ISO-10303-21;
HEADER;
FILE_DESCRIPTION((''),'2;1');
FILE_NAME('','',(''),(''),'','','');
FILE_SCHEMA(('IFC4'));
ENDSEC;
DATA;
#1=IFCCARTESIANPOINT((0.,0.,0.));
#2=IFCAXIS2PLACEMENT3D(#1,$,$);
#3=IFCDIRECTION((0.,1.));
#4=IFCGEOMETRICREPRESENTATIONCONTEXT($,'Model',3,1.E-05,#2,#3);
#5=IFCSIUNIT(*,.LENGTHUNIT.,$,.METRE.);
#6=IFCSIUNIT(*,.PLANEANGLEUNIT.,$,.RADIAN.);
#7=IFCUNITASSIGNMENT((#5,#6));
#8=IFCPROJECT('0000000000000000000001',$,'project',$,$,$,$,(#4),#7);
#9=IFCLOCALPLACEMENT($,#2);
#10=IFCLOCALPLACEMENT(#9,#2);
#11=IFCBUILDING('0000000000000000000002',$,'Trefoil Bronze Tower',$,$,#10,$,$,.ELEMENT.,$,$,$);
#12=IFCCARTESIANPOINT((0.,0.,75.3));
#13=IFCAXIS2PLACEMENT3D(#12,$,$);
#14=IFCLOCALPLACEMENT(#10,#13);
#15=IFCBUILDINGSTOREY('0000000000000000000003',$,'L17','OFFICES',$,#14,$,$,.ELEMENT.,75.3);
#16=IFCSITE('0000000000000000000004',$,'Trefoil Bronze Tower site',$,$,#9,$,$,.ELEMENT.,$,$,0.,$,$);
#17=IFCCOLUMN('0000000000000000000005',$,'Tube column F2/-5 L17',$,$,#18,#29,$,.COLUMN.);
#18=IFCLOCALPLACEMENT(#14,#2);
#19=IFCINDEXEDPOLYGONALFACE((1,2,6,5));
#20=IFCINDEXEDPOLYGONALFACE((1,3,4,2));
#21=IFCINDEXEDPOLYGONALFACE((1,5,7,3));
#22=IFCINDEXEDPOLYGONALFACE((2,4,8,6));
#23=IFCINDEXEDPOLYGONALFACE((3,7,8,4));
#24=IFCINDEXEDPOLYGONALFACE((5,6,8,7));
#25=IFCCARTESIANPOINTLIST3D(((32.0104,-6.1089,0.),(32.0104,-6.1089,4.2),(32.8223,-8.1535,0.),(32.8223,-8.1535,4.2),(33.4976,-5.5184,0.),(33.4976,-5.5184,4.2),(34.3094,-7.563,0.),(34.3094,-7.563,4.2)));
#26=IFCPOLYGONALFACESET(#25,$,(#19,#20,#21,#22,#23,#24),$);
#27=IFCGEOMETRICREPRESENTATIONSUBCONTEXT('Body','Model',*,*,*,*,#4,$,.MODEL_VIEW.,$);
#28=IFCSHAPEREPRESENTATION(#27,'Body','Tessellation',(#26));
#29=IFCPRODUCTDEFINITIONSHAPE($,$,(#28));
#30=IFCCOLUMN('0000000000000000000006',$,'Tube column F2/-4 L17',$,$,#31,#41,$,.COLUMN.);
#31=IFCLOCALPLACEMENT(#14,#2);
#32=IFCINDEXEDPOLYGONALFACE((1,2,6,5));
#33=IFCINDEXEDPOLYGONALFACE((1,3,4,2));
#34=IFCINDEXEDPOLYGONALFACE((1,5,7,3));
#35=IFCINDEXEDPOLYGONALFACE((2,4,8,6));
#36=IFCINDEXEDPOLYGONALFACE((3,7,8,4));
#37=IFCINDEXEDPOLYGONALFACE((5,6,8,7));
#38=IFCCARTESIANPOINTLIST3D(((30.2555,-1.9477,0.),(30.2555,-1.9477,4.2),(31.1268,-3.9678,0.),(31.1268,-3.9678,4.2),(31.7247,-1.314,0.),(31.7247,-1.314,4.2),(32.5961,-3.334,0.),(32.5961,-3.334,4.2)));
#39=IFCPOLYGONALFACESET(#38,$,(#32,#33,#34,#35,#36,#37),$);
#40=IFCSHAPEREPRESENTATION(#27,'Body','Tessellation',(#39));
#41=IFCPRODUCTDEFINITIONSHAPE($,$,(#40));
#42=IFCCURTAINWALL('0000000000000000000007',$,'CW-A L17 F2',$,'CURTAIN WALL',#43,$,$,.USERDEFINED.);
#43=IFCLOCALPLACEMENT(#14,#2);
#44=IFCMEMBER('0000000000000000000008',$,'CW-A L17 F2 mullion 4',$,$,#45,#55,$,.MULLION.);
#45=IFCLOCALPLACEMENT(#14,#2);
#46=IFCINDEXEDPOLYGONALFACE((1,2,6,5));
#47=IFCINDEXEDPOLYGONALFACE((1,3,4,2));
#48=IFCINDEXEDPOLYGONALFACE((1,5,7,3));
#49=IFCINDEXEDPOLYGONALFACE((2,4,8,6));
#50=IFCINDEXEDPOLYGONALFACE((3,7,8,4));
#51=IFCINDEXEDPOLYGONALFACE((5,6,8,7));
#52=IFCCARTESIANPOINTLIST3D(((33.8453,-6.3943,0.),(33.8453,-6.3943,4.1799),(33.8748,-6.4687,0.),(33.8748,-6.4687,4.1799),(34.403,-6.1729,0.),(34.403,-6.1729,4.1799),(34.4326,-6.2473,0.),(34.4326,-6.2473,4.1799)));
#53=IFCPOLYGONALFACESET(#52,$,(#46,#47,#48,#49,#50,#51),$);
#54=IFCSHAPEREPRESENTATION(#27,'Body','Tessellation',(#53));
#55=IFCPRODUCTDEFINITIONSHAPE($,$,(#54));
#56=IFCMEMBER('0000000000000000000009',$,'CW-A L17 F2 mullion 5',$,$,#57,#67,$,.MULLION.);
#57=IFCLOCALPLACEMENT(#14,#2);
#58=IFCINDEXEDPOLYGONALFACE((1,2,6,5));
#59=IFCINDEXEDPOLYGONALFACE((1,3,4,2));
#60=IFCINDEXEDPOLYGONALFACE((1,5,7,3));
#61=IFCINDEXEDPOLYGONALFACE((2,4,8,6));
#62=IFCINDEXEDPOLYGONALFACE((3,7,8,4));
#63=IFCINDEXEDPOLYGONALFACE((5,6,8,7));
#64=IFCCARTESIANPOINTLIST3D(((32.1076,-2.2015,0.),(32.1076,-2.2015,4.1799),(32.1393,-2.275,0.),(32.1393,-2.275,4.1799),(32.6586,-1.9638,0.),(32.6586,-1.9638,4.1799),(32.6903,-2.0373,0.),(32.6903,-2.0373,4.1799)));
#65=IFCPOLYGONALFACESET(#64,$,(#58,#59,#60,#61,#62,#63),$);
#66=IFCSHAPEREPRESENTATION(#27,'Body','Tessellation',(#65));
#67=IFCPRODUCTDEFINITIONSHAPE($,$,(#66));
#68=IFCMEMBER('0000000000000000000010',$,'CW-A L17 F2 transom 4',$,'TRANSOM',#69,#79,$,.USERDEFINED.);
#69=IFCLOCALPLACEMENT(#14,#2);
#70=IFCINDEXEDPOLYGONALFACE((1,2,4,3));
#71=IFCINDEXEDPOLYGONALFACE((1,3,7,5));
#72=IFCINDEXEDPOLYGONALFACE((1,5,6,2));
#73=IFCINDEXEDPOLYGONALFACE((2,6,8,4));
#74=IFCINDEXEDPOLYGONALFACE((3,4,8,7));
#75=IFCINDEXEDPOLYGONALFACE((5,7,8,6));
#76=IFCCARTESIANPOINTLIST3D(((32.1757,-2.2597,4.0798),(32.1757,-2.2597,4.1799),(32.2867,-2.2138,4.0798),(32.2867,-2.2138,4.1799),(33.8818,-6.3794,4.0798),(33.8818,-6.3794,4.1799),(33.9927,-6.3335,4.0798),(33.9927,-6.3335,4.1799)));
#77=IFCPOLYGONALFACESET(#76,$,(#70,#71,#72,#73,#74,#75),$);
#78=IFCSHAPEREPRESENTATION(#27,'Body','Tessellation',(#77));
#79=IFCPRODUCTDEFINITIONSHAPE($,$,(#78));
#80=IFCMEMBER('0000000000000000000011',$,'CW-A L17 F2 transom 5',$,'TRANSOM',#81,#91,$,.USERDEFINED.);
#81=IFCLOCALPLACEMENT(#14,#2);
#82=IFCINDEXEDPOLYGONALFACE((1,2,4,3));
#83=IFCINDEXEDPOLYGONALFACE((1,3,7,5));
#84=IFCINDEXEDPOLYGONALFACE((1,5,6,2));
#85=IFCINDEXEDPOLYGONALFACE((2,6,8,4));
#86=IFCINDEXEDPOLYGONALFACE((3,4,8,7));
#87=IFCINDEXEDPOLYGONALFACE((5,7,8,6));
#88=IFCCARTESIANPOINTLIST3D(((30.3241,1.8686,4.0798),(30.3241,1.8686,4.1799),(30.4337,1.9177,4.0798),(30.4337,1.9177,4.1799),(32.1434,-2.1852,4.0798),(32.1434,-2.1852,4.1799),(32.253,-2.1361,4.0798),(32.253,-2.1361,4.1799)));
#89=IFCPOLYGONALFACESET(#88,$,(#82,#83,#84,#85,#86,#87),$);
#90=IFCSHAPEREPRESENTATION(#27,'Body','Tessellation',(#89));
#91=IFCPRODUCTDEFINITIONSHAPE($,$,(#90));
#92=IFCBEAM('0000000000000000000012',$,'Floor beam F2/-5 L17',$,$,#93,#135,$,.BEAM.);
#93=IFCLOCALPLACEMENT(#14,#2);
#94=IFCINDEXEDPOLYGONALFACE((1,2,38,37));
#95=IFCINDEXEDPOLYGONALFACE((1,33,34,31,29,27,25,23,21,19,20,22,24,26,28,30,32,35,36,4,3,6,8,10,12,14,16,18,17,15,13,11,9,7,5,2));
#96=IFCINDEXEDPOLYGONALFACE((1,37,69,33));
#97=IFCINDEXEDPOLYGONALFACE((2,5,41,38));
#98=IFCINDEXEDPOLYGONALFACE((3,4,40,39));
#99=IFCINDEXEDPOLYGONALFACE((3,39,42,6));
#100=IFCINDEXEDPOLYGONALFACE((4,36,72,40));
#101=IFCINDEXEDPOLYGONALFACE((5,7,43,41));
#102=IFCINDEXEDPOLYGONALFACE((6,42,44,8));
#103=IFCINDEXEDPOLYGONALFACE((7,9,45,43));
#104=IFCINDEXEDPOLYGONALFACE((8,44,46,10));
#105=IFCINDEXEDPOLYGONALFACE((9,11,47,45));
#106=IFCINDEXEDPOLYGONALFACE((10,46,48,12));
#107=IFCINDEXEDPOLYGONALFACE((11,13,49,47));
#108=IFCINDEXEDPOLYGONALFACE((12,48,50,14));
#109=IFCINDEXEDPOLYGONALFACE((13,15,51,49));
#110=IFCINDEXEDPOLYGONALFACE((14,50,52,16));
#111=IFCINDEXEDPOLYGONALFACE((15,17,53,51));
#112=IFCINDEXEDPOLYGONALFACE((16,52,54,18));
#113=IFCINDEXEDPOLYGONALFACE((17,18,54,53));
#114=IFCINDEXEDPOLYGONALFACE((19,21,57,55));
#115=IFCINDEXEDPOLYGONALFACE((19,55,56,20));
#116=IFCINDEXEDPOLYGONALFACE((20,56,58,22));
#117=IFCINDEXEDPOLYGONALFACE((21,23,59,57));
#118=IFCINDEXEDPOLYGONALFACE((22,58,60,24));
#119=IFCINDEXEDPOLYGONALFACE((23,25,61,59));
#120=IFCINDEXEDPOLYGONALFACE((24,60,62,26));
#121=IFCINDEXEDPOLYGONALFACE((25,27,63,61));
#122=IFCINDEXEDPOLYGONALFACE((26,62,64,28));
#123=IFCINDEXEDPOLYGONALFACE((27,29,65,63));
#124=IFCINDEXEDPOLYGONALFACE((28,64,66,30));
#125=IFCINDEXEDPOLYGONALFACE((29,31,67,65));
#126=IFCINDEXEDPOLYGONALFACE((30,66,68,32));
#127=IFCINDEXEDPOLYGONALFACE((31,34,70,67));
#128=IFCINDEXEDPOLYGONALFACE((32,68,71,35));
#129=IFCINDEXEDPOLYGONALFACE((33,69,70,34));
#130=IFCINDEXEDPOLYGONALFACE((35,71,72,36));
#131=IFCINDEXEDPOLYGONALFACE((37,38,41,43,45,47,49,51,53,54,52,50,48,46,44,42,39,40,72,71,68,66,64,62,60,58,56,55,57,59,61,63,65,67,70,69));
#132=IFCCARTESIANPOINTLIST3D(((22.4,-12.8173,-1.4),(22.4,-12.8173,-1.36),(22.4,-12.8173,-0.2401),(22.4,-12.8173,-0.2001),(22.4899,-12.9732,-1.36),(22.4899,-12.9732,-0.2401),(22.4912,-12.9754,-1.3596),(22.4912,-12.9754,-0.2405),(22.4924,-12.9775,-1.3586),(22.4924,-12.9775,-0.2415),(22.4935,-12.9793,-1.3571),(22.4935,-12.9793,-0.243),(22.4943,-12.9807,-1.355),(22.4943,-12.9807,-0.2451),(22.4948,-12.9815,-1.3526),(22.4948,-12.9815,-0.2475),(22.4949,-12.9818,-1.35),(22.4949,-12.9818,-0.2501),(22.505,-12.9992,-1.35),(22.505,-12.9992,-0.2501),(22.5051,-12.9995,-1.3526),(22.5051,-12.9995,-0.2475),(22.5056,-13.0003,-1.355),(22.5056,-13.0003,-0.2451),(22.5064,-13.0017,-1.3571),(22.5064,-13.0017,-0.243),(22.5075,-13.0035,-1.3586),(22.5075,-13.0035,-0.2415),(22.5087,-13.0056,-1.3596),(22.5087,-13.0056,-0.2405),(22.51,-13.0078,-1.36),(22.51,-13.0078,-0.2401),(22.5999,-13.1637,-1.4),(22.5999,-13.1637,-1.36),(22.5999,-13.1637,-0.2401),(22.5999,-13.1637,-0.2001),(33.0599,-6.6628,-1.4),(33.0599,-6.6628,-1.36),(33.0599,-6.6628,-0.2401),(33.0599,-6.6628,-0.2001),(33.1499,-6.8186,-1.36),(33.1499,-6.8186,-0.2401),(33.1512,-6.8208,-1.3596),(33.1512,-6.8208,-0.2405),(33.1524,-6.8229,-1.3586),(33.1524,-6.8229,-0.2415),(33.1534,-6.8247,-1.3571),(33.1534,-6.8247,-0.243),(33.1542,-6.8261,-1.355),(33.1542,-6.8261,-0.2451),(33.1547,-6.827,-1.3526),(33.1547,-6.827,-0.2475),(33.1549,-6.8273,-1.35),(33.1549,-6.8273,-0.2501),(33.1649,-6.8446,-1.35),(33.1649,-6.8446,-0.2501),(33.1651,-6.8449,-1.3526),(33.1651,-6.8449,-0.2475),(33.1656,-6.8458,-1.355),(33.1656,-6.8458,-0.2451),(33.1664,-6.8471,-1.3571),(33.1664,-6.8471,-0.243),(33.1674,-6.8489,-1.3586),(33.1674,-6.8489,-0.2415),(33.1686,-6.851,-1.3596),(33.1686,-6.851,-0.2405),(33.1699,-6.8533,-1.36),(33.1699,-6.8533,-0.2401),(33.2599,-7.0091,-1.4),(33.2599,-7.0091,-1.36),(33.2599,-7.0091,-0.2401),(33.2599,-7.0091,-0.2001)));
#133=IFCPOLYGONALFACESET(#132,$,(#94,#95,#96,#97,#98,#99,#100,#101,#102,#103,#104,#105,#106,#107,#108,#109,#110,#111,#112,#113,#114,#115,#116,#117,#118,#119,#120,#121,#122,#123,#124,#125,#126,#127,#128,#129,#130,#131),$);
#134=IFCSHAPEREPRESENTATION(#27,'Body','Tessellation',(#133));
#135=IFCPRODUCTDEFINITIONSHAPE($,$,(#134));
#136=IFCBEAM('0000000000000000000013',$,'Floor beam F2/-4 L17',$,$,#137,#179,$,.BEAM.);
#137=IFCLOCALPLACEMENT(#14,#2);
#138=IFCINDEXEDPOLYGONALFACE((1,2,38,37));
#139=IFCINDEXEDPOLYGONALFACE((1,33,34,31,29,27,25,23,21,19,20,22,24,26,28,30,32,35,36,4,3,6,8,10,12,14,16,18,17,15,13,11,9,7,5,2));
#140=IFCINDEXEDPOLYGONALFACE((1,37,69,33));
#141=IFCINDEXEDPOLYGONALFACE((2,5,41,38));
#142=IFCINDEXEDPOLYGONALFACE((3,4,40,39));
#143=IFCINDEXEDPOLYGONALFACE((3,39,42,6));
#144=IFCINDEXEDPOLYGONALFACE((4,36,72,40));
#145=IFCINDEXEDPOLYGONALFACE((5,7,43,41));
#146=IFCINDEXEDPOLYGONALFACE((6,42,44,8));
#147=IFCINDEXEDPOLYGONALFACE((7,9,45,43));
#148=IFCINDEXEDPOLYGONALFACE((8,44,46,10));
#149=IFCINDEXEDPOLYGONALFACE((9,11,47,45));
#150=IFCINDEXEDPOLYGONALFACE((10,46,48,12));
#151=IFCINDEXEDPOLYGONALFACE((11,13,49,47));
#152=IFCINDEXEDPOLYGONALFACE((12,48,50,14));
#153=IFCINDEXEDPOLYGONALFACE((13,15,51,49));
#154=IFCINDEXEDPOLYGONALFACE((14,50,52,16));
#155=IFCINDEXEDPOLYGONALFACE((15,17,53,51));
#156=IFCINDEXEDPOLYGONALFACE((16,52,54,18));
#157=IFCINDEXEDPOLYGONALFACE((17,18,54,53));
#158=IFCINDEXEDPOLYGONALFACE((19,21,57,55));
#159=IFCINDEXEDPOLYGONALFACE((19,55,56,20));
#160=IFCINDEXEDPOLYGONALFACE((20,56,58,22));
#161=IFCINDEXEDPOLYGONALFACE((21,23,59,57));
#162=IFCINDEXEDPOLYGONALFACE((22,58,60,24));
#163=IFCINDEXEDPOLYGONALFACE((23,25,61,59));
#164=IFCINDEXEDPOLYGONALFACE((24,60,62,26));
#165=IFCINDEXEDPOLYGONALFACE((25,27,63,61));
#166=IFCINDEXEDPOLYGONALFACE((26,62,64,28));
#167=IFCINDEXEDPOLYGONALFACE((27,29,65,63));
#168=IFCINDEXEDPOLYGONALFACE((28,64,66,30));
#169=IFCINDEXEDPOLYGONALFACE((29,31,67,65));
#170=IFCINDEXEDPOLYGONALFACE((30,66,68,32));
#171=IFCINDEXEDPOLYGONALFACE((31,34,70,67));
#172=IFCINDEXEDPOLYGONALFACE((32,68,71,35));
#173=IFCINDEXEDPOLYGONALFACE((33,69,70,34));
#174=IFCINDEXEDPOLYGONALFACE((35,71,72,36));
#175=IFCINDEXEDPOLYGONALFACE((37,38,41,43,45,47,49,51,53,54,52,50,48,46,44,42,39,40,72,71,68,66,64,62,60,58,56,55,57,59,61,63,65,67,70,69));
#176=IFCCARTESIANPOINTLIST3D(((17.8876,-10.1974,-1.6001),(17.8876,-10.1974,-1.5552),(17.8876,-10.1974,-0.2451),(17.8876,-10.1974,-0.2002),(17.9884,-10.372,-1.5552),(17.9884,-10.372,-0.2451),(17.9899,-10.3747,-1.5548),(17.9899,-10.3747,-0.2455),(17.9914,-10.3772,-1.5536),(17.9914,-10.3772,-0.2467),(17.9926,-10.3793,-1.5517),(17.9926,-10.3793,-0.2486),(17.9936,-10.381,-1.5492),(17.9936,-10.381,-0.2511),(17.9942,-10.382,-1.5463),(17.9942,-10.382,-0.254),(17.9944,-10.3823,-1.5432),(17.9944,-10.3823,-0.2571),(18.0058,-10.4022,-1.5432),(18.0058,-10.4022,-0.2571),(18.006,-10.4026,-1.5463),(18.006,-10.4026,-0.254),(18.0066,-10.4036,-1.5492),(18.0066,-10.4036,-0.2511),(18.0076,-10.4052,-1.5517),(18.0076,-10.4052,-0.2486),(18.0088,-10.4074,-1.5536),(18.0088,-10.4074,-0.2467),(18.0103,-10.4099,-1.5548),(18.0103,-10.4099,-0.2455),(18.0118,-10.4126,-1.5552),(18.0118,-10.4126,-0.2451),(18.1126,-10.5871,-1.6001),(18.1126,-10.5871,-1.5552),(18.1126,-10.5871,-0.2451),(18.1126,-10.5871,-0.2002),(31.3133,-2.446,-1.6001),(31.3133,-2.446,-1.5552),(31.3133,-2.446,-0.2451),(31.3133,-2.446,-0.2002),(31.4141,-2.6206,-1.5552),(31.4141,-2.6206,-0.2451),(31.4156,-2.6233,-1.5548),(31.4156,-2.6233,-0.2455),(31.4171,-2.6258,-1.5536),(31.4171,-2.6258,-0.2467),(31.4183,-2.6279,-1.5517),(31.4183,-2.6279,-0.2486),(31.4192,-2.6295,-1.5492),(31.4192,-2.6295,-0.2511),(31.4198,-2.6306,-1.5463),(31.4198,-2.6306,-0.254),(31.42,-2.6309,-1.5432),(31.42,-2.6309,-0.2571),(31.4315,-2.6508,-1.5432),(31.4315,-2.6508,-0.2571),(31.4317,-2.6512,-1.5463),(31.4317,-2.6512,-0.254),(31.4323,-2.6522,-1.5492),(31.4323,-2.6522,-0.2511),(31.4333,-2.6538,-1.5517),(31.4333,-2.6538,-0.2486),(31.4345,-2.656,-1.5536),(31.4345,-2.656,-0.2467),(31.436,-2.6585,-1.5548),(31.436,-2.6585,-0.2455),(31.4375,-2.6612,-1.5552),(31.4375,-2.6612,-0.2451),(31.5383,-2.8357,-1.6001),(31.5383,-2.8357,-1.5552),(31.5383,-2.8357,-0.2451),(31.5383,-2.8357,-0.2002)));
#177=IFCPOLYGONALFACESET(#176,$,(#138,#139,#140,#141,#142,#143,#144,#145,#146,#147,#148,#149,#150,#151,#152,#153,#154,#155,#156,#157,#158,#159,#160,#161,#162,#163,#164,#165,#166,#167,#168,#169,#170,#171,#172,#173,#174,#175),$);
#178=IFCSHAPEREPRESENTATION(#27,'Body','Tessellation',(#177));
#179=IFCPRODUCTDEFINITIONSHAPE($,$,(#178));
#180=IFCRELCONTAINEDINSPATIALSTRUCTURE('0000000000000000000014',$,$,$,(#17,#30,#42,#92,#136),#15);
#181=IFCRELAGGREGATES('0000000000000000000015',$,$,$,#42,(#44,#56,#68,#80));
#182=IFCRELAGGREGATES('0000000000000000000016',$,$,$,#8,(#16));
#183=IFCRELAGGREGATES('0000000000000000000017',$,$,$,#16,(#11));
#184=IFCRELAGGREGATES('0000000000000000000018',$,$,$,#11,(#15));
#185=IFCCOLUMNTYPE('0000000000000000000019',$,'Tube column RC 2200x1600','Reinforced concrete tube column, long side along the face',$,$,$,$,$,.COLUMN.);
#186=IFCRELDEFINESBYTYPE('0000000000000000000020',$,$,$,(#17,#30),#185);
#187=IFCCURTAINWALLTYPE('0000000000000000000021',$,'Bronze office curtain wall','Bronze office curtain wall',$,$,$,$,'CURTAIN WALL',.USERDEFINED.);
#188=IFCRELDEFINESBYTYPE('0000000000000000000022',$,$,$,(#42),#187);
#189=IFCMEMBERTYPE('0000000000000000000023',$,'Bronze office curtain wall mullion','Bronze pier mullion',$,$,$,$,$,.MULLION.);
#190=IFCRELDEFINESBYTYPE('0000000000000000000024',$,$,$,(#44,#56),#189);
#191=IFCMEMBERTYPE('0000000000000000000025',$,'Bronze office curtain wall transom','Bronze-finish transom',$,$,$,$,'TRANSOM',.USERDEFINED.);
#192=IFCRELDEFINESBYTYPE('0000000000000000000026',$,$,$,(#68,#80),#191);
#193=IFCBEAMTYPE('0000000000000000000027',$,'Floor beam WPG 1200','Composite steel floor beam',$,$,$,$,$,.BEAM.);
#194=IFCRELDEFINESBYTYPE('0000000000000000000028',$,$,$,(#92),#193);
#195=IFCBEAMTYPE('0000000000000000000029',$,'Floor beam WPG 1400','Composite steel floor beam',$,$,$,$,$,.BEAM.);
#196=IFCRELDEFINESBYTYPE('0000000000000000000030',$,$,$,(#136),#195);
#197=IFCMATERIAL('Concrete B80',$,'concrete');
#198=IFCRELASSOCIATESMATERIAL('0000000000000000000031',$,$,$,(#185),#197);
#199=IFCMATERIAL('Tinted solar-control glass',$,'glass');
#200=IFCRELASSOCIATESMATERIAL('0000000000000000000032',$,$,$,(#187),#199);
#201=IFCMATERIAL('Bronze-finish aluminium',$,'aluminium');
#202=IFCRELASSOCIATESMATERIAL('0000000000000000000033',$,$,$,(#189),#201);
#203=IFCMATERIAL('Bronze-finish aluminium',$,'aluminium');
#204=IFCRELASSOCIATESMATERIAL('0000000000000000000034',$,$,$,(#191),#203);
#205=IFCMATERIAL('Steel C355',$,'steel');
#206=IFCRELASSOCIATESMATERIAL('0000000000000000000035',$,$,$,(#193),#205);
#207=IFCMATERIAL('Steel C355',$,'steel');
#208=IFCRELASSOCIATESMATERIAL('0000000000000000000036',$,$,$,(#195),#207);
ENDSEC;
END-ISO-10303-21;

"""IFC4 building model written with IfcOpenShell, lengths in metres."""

from ifc_helpers import new_model, si_unit, direction, frame, origin, origin_2d, place, context, subcontext, project, spatial, rectangle, i_section, extrude, material, material_profile, profile_set, type_object, element, aggregate, save


model = new_model("IFC4")

# Units and contexts
model_context = context("Model", 3, precision=1e-05, world=origin(), true_north=direction((0.0, 1.0)))
body_context = subcontext(model_context, "Body", "Model", "MODEL_VIEW")
ifc_project = project(units=[si_unit("LENGTHUNIT", "METRE"), si_unit("PLANEANGLEUNIT", "RADIAN")], contexts=[model_context])

# Site, building, storey
site_placement = place(None, origin())
site = spatial("IfcSite", under=ifc_project, at=site_placement, Name="Trefoil Bronze Tower site", CompositionType="ELEMENT", RefElevation=0.0)
building_placement = place(site_placement, origin())
building = spatial("IfcBuilding", under=site, at=building_placement, Name="Trefoil Bronze Tower", CompositionType="ELEMENT")
storey_placement = place(building_placement, frame((0.0, 0.0, 75.3)))
storey = spatial("IfcBuildingStorey", under=building, at=storey_placement, Name="L17", Description="OFFICES", CompositionType="ELEMENT", Elevation=75.3)

# Columns
ifc_material_1 = material(Name="Concrete B80", Category="concrete")
ifc_material_profile_1 = material_profile(ifc_material_1, rectangle(XDim=2.2, YDim=1.6001, at=origin_2d()), Name="RC 2200x1600")
ifc_profile_set_1 = profile_set([ifc_material_profile_1], Name="Concrete B80")
column_type = type_object("IfcColumnType", Name="Tube column RC 2200x1600", Description="Reinforced concrete tube column, long side along the face", PredefinedType="COLUMN", material=ifc_profile_set_1)
for number, where, z_axis, x_axis, name in (
    (1, (33.1599, -6.8359, 0.0), (0.0, 0.0, 1.0), (-0.36904, 0.929414, 0.0), "Tube column F2/-5 L17"),
    (2, (31.4258, -2.6409, 0.0), (0.0, 0.0, 1.0), (-0.396085, 0.918214, 0.0), "Tube column F2/-4 L17"),
):
    element("IfcColumn", number, at=place(storey_placement, frame(where, z_axis=z_axis, x_axis=x_axis)), inside=storey, type_object=column_type, Name=name, PredefinedType="COLUMN", context=body_context, shape_type="SweptSolid", body=[
        extrude(rectangle(XDim=2.2, YDim=1.6001, at=origin_2d()), origin(), (0.0, 0.0, 1.0), 4.2),
    ])

# Curtain wall, members
ifc_material_2 = material(Name="Tinted solar-control glass", Category="glass")
curtain_wall_type = type_object("IfcCurtainWallType", Name="Bronze office curtain wall", Description="Bronze office curtain wall", ElementType="CURTAIN WALL", PredefinedType="USERDEFINED", material=ifc_material_2)
curtain_wall_placement = place(storey_placement, origin())
curtain_wall = element("IfcCurtainWall", 3, at=curtain_wall_placement, inside=storey, type_object=curtain_wall_type, Name="CW-A L17 F2", ObjectType="CURTAIN WALL", PredefinedType="USERDEFINED")
ifc_material_3 = material(Name="Bronze-finish aluminium", Category="aluminium")
ifc_material_profile_2 = material_profile(ifc_material_3, rectangle(XDim=0.6001, YDim=0.0801, at=origin_2d()), Name="CW-A mullion")
ifc_profile_set_2 = profile_set([ifc_material_profile_2], Name="Bronze-finish aluminium")
member_type_1 = type_object("IfcMemberType", Name="Bronze office curtain wall mullion", Description="Bronze pier mullion", PredefinedType="MULLION", material=ifc_profile_set_2)
member_1_placement = place(storey_placement, frame((34.1389, -6.3208, 0.0), z_axis=(0.0, 0.0, 1.0), x_axis=(-0.929414, -0.36904, 0.0)))
member_1 = element("IfcMember", 4, at=member_1_placement, type_object=member_type_1, Name="CW-A L17 F2 mullion 4", PredefinedType="MULLION", context=body_context, shape_type="SweptSolid", body=[
    extrude(rectangle(XDim=0.6001, YDim=0.0801, at=origin_2d()), origin(), (0.0, 0.0, 1.0), 4.1799),
])
member_2_placement = place(storey_placement, frame((32.3989, -2.1194, 0.0), z_axis=(0.0, 0.0, 1.0), x_axis=(-0.918214, -0.396085, 0.0)))
member_2 = element("IfcMember", 5, at=member_2_placement, type_object=member_type_1, Name="CW-A L17 F2 mullion 5", PredefinedType="MULLION", context=body_context, shape_type="SweptSolid", body=[
    extrude(rectangle(XDim=0.6001, YDim=0.0801, at=origin_2d()), origin(), (0.0, 0.0, 1.0), 4.1799),
])
ifc_material_4 = material(Name="Bronze-finish aluminium", Category="aluminium")
ifc_material_profile_3 = material_profile(ifc_material_4, rectangle(XDim=0.1201, YDim=0.1001, at=origin_2d()), Name="CW-A transom")
ifc_profile_set_3 = profile_set([ifc_material_profile_3], Name="Bronze-finish aluminium")
member_type_2 = type_object("IfcMemberType", Name="Bronze office curtain wall transom", Description="Bronze-finish transom", ElementType="TRANSOM", PredefinedType="USERDEFINED", material=ifc_profile_set_3)
member_3_placement = place(storey_placement, frame((33.9373, -6.3564, 4.1299), z_axis=(-0.382616, 0.923907, 0.0), x_axis=(-0.923907, -0.382616, 0.0)))
member_3 = element("IfcMember", 6, at=member_3_placement, type_object=member_type_2, Name="CW-A L17 F2 transom 4", ObjectType="TRANSOM", PredefinedType="USERDEFINED", context=body_context, shape_type="SweptSolid", body=[
    extrude(rectangle(XDim=0.1201, YDim=0.1001, at=origin_2d()), origin(), (0.0, 0.0, 1.0), 4.459),
])
member_4_placement = place(storey_placement, frame((32.1982, -2.1606, 4.1299), z_axis=(-0.40946, 0.912328, 0.0), x_axis=(-0.912328, -0.40946, 0.0)))
member_4 = element("IfcMember", 7, at=member_4_placement, type_object=member_type_2, Name="CW-A L17 F2 transom 5", ObjectType="TRANSOM", PredefinedType="USERDEFINED", context=body_context, shape_type="SweptSolid", body=[
    extrude(rectangle(XDim=0.1201, YDim=0.1001, at=origin_2d()), origin(), (0.0, 0.0, 1.0), 4.4434),
])

# Beams
ifc_material_5 = material(Name="Steel C355", Category="steel")
ifc_material_profile_4 = material_profile(ifc_material_5, i_section(OverallWidth=0.3999, OverallDepth=1.2, WebThickness=0.02, FlangeThickness=0.04, FilletRadius=0.01, at=origin_2d()), Name="WPG 1200")
ifc_profile_set_4 = profile_set([ifc_material_profile_4], Name="Steel C355")
beam_type_1 = type_object("IfcBeamType", Name="Floor beam WPG 1200", Description="Composite steel floor beam", PredefinedType="BEAM", material=ifc_profile_set_4)
beam_1_placement = place(storey_placement, frame((33.1599, -6.8359, -0.8), z_axis=(-0.866024, -0.500002, 0.0), x_axis=(0.500002, -0.866024, 0.0)))
element("IfcBeam", 8, at=beam_1_placement, inside=storey, type_object=beam_type_1, Name="Floor beam F2/-5 L17", PredefinedType="BEAM", context=body_context, shape_type="SweptSolid", body=[
    extrude(i_section(OverallWidth=0.3999, OverallDepth=1.2, WebThickness=0.02, FlangeThickness=0.04, FilletRadius=0.01, at=origin_2d()), origin(), (0.0, 0.0, 1.0), 12.3091),
])
ifc_material_6 = material(Name="Steel C355", Category="steel")
ifc_material_profile_5 = material_profile(ifc_material_6, i_section(OverallWidth=0.45, OverallDepth=1.3999, WebThickness=0.0229, FlangeThickness=0.0449, FilletRadius=0.012, at=origin_2d()), Name="WPG 1400")
ifc_profile_set_5 = profile_set([ifc_material_profile_5], Name="Steel C355")
beam_type_2 = type_object("IfcBeamType", Name="Floor beam WPG 1400", Description="Composite steel floor beam", PredefinedType="BEAM", material=ifc_profile_set_5)
beam_2_placement = place(storey_placement, frame((31.4258, -2.6409, -0.9001), z_axis=(-0.866023, -0.500004, 0.0), x_axis=(0.500004, -0.866023, 0.0)))
element("IfcBeam", 9, at=beam_2_placement, inside=storey, type_object=beam_type_2, Name="Floor beam F2/-4 L17", PredefinedType="BEAM", context=body_context, shape_type="SweptSolid", body=[
    extrude(i_section(OverallWidth=0.45, OverallDepth=1.3999, WebThickness=0.0229, FlangeThickness=0.0449, FilletRadius=0.012, at=origin_2d()), origin(), (0.0, 0.0, 1.0), 15.5027),
])

aggregate(curtain_wall, [member_1, member_2, member_3, member_4])

save(model, "model.ifc")
